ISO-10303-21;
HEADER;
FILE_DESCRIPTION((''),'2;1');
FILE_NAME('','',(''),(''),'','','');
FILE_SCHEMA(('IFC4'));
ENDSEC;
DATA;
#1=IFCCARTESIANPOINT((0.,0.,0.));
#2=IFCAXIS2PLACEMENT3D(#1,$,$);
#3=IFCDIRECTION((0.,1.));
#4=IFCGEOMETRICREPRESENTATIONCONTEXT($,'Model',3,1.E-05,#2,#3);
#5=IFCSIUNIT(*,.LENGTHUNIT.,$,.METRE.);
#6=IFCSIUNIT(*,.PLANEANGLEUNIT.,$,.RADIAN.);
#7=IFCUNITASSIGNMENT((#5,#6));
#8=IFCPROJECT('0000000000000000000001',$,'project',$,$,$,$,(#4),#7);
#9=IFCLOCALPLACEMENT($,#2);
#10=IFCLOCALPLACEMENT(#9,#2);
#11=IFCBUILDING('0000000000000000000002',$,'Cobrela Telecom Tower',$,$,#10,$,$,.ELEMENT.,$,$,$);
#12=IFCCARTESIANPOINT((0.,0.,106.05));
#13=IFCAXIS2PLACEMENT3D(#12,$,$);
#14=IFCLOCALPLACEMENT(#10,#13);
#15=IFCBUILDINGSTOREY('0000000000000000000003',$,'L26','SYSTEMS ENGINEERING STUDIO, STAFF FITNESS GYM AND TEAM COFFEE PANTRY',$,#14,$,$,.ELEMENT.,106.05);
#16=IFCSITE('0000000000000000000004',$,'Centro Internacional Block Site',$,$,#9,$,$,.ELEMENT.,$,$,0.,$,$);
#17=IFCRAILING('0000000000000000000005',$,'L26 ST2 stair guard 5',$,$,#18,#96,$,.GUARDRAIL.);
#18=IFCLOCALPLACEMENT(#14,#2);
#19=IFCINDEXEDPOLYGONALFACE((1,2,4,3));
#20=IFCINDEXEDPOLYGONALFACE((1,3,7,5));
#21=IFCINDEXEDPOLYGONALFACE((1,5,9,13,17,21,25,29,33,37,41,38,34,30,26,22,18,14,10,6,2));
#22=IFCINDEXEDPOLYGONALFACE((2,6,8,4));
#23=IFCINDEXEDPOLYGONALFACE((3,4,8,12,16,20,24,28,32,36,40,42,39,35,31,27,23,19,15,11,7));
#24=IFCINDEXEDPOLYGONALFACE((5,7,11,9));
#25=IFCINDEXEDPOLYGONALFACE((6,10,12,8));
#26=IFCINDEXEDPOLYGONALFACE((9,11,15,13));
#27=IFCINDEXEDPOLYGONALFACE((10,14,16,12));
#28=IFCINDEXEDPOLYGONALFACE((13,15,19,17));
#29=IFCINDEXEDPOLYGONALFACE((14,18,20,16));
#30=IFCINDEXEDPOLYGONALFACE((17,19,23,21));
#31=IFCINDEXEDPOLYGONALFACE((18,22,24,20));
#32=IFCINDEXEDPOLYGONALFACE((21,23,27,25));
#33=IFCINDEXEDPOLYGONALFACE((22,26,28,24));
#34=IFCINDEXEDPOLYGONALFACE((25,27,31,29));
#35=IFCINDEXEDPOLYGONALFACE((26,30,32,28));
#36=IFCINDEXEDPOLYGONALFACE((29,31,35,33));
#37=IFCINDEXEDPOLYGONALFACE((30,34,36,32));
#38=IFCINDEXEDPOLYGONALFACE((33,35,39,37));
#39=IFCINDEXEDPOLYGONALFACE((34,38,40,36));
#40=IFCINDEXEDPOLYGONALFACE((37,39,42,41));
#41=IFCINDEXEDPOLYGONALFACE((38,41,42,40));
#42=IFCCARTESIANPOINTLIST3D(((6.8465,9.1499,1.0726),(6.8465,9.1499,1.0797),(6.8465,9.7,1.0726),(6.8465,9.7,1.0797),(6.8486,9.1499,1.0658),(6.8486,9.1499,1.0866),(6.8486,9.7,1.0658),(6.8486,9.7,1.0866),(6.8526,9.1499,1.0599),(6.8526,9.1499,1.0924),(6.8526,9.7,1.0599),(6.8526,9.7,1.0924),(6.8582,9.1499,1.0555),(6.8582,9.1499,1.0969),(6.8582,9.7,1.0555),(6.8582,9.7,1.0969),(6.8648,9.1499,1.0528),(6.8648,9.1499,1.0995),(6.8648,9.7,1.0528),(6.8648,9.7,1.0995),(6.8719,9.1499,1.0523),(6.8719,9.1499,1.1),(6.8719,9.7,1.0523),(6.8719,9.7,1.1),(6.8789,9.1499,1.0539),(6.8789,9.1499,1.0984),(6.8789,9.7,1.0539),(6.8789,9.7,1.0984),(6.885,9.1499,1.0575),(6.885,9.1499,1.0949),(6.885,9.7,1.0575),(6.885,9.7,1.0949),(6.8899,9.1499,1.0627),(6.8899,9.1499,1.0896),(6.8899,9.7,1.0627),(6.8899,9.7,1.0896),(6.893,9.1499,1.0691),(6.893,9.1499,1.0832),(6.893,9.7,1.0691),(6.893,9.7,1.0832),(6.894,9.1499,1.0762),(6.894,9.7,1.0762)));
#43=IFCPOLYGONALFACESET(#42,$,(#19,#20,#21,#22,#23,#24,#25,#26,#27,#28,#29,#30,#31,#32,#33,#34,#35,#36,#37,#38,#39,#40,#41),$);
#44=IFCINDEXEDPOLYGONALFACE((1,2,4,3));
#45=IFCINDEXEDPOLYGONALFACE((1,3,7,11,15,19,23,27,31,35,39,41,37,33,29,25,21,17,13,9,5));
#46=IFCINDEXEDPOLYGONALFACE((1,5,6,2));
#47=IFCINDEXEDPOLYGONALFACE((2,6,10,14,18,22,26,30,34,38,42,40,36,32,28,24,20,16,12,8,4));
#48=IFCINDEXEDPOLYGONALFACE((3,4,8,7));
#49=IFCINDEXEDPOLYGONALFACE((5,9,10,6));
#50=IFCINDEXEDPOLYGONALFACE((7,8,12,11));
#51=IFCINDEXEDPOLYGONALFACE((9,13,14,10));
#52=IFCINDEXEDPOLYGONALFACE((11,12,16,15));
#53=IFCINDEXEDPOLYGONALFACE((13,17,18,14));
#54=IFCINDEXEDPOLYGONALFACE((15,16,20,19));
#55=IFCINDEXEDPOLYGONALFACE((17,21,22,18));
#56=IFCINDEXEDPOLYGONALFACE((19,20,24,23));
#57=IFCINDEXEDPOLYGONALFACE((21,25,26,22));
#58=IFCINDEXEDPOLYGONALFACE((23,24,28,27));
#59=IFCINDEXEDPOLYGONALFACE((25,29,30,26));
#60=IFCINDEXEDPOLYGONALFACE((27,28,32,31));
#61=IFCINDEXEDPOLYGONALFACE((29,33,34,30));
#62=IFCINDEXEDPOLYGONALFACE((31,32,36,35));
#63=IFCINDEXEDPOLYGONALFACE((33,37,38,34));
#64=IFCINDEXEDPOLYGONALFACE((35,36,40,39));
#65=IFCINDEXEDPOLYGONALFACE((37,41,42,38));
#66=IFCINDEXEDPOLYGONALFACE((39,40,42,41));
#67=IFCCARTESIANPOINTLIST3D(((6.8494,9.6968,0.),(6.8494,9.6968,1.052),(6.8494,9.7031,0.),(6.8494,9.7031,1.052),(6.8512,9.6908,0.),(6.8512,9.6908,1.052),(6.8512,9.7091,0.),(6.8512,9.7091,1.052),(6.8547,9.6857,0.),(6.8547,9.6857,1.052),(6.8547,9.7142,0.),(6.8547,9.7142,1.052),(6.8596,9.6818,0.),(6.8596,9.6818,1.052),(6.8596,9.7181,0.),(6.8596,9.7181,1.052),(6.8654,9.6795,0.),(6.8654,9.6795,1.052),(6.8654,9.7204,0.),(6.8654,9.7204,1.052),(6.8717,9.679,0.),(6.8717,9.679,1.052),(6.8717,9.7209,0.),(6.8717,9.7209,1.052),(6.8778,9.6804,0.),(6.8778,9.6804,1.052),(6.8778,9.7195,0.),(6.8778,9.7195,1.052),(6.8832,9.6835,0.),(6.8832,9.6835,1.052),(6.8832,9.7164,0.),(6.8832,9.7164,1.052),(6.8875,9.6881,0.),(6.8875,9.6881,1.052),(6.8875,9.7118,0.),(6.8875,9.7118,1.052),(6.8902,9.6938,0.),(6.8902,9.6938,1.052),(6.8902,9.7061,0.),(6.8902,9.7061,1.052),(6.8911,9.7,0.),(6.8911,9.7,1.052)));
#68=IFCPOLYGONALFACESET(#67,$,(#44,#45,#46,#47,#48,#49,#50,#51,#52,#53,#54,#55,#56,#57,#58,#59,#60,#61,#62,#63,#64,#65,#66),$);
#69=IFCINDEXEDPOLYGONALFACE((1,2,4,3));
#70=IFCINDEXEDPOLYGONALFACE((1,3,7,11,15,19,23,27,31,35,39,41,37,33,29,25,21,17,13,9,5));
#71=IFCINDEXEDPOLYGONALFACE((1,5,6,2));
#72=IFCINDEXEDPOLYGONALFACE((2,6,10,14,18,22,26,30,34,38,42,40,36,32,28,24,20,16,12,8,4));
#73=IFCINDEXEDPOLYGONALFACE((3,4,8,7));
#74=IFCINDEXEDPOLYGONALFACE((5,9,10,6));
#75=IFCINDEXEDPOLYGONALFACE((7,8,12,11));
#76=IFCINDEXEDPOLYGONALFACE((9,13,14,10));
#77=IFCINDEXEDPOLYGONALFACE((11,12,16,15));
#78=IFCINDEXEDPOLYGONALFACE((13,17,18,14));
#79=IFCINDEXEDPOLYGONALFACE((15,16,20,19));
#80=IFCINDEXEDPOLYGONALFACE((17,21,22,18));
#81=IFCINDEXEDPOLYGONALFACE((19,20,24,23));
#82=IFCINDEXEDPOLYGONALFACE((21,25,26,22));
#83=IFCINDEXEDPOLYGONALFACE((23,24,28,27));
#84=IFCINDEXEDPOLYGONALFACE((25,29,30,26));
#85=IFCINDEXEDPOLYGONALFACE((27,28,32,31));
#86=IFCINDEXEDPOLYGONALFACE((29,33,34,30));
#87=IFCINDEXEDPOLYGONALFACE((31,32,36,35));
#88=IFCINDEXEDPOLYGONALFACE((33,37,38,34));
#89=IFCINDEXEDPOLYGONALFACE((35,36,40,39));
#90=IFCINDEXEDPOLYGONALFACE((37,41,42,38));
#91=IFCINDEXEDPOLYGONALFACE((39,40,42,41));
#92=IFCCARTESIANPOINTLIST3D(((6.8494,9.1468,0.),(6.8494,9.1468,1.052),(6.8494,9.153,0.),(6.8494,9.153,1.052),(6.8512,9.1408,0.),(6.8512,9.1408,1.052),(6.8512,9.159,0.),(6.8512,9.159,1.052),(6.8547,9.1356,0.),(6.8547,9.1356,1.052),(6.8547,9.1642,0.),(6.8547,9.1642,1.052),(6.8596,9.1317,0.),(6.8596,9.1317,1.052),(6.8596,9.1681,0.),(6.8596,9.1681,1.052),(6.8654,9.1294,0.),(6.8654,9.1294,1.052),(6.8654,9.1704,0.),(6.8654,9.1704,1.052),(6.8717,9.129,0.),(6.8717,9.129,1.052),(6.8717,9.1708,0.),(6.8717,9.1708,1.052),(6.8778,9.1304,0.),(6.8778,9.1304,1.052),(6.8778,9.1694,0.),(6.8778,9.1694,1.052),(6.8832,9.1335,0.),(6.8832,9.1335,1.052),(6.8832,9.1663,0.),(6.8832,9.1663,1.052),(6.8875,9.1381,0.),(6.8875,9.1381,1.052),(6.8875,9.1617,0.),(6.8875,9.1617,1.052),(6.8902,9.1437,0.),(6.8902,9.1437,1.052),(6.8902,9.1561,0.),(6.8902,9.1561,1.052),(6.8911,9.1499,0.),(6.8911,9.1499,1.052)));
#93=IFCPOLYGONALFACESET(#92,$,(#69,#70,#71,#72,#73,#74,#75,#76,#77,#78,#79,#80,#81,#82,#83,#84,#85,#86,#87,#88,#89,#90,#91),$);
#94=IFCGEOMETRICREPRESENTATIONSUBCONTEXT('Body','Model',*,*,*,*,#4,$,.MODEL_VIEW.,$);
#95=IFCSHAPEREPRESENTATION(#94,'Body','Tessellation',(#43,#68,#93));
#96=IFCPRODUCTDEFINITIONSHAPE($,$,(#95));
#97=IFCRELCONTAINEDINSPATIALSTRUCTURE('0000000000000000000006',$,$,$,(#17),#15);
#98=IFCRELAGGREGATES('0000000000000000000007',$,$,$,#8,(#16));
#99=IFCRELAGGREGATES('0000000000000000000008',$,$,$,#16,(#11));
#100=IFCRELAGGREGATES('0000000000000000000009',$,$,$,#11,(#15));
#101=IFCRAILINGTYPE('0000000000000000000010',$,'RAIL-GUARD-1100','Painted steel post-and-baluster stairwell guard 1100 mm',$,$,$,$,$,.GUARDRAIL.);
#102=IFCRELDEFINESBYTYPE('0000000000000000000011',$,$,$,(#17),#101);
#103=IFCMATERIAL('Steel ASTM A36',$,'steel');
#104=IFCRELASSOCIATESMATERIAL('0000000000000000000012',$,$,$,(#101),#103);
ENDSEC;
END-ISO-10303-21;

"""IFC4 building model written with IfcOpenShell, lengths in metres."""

from ifc_helpers import new_model, si_unit, direction, frame, origin, origin_2d, place, context, subcontext, project, spatial, circle, extrude, material, type_object, element, save


model = new_model("IFC4")

# Units and contexts
model_context = context("Model", 3, precision=1e-05, world=origin(), true_north=direction((0.0, 1.0)))
body_context = subcontext(model_context, "Body", "Model", "MODEL_VIEW")
ifc_project = project(units=[si_unit("LENGTHUNIT", "METRE"), si_unit("PLANEANGLEUNIT", "RADIAN")], contexts=[model_context])

# Site, building, storey
site_placement = place(None, origin())
site = spatial("IfcSite", under=ifc_project, at=site_placement, Name="Centro Internacional Block Site", CompositionType="ELEMENT", RefElevation=0.0)
building_placement = place(site_placement, origin())
building = spatial("IfcBuilding", under=site, at=building_placement, Name="Cobrela Telecom Tower", CompositionType="ELEMENT")
storey_placement = place(building_placement, frame((0.0, 0.0, 106.05)))
storey = spatial("IfcBuildingStorey", under=building, at=storey_placement, Name="L26", Description="SYSTEMS ENGINEERING STUDIO, STAFF FITNESS GYM AND TEAM COFFEE PANTRY", CompositionType="ELEMENT", Elevation=106.05)

# Shared definitions
ifc_material_1 = material(Name="Steel ASTM A36", Category="steel")

# Railing
railing_type_1 = type_object("IfcRailingType", Name="RAIL-GUARD-1100", Description="Painted steel post-and-baluster stairwell guard 1100 mm", PredefinedType="GUARDRAIL", material=ifc_material_1)
railing_1_placement = place(storey_placement, frame((6.8701, 9.7, 0.0)))
element("IfcRailing", 1, at=railing_1_placement, inside=storey, type_object=railing_type_1, Name="L26 ST2 stair guard 5", PredefinedType="GUARDRAIL", context=body_context, shape_type="SweptSolid", body=[
    extrude(circle(Radius=0.0239, at=origin_2d()), frame((0.0, 0.0, 1.0762), z_axis=(0.0, -1.0, 0.0), x_axis=(1.0, 0.0, 0.0)), (0.0, 0.0, 1.0), 0.55),
    extrude(circle(Radius=0.021, at=origin_2d()), origin(), (0.0, 0.0, 1.0), 1.052),
    extrude(circle(Radius=0.021, at=origin_2d()), frame((0.0, -0.55, 0.0)), (0.0, 0.0, 1.0), 1.052),
])

save(model, "model.ifc")
